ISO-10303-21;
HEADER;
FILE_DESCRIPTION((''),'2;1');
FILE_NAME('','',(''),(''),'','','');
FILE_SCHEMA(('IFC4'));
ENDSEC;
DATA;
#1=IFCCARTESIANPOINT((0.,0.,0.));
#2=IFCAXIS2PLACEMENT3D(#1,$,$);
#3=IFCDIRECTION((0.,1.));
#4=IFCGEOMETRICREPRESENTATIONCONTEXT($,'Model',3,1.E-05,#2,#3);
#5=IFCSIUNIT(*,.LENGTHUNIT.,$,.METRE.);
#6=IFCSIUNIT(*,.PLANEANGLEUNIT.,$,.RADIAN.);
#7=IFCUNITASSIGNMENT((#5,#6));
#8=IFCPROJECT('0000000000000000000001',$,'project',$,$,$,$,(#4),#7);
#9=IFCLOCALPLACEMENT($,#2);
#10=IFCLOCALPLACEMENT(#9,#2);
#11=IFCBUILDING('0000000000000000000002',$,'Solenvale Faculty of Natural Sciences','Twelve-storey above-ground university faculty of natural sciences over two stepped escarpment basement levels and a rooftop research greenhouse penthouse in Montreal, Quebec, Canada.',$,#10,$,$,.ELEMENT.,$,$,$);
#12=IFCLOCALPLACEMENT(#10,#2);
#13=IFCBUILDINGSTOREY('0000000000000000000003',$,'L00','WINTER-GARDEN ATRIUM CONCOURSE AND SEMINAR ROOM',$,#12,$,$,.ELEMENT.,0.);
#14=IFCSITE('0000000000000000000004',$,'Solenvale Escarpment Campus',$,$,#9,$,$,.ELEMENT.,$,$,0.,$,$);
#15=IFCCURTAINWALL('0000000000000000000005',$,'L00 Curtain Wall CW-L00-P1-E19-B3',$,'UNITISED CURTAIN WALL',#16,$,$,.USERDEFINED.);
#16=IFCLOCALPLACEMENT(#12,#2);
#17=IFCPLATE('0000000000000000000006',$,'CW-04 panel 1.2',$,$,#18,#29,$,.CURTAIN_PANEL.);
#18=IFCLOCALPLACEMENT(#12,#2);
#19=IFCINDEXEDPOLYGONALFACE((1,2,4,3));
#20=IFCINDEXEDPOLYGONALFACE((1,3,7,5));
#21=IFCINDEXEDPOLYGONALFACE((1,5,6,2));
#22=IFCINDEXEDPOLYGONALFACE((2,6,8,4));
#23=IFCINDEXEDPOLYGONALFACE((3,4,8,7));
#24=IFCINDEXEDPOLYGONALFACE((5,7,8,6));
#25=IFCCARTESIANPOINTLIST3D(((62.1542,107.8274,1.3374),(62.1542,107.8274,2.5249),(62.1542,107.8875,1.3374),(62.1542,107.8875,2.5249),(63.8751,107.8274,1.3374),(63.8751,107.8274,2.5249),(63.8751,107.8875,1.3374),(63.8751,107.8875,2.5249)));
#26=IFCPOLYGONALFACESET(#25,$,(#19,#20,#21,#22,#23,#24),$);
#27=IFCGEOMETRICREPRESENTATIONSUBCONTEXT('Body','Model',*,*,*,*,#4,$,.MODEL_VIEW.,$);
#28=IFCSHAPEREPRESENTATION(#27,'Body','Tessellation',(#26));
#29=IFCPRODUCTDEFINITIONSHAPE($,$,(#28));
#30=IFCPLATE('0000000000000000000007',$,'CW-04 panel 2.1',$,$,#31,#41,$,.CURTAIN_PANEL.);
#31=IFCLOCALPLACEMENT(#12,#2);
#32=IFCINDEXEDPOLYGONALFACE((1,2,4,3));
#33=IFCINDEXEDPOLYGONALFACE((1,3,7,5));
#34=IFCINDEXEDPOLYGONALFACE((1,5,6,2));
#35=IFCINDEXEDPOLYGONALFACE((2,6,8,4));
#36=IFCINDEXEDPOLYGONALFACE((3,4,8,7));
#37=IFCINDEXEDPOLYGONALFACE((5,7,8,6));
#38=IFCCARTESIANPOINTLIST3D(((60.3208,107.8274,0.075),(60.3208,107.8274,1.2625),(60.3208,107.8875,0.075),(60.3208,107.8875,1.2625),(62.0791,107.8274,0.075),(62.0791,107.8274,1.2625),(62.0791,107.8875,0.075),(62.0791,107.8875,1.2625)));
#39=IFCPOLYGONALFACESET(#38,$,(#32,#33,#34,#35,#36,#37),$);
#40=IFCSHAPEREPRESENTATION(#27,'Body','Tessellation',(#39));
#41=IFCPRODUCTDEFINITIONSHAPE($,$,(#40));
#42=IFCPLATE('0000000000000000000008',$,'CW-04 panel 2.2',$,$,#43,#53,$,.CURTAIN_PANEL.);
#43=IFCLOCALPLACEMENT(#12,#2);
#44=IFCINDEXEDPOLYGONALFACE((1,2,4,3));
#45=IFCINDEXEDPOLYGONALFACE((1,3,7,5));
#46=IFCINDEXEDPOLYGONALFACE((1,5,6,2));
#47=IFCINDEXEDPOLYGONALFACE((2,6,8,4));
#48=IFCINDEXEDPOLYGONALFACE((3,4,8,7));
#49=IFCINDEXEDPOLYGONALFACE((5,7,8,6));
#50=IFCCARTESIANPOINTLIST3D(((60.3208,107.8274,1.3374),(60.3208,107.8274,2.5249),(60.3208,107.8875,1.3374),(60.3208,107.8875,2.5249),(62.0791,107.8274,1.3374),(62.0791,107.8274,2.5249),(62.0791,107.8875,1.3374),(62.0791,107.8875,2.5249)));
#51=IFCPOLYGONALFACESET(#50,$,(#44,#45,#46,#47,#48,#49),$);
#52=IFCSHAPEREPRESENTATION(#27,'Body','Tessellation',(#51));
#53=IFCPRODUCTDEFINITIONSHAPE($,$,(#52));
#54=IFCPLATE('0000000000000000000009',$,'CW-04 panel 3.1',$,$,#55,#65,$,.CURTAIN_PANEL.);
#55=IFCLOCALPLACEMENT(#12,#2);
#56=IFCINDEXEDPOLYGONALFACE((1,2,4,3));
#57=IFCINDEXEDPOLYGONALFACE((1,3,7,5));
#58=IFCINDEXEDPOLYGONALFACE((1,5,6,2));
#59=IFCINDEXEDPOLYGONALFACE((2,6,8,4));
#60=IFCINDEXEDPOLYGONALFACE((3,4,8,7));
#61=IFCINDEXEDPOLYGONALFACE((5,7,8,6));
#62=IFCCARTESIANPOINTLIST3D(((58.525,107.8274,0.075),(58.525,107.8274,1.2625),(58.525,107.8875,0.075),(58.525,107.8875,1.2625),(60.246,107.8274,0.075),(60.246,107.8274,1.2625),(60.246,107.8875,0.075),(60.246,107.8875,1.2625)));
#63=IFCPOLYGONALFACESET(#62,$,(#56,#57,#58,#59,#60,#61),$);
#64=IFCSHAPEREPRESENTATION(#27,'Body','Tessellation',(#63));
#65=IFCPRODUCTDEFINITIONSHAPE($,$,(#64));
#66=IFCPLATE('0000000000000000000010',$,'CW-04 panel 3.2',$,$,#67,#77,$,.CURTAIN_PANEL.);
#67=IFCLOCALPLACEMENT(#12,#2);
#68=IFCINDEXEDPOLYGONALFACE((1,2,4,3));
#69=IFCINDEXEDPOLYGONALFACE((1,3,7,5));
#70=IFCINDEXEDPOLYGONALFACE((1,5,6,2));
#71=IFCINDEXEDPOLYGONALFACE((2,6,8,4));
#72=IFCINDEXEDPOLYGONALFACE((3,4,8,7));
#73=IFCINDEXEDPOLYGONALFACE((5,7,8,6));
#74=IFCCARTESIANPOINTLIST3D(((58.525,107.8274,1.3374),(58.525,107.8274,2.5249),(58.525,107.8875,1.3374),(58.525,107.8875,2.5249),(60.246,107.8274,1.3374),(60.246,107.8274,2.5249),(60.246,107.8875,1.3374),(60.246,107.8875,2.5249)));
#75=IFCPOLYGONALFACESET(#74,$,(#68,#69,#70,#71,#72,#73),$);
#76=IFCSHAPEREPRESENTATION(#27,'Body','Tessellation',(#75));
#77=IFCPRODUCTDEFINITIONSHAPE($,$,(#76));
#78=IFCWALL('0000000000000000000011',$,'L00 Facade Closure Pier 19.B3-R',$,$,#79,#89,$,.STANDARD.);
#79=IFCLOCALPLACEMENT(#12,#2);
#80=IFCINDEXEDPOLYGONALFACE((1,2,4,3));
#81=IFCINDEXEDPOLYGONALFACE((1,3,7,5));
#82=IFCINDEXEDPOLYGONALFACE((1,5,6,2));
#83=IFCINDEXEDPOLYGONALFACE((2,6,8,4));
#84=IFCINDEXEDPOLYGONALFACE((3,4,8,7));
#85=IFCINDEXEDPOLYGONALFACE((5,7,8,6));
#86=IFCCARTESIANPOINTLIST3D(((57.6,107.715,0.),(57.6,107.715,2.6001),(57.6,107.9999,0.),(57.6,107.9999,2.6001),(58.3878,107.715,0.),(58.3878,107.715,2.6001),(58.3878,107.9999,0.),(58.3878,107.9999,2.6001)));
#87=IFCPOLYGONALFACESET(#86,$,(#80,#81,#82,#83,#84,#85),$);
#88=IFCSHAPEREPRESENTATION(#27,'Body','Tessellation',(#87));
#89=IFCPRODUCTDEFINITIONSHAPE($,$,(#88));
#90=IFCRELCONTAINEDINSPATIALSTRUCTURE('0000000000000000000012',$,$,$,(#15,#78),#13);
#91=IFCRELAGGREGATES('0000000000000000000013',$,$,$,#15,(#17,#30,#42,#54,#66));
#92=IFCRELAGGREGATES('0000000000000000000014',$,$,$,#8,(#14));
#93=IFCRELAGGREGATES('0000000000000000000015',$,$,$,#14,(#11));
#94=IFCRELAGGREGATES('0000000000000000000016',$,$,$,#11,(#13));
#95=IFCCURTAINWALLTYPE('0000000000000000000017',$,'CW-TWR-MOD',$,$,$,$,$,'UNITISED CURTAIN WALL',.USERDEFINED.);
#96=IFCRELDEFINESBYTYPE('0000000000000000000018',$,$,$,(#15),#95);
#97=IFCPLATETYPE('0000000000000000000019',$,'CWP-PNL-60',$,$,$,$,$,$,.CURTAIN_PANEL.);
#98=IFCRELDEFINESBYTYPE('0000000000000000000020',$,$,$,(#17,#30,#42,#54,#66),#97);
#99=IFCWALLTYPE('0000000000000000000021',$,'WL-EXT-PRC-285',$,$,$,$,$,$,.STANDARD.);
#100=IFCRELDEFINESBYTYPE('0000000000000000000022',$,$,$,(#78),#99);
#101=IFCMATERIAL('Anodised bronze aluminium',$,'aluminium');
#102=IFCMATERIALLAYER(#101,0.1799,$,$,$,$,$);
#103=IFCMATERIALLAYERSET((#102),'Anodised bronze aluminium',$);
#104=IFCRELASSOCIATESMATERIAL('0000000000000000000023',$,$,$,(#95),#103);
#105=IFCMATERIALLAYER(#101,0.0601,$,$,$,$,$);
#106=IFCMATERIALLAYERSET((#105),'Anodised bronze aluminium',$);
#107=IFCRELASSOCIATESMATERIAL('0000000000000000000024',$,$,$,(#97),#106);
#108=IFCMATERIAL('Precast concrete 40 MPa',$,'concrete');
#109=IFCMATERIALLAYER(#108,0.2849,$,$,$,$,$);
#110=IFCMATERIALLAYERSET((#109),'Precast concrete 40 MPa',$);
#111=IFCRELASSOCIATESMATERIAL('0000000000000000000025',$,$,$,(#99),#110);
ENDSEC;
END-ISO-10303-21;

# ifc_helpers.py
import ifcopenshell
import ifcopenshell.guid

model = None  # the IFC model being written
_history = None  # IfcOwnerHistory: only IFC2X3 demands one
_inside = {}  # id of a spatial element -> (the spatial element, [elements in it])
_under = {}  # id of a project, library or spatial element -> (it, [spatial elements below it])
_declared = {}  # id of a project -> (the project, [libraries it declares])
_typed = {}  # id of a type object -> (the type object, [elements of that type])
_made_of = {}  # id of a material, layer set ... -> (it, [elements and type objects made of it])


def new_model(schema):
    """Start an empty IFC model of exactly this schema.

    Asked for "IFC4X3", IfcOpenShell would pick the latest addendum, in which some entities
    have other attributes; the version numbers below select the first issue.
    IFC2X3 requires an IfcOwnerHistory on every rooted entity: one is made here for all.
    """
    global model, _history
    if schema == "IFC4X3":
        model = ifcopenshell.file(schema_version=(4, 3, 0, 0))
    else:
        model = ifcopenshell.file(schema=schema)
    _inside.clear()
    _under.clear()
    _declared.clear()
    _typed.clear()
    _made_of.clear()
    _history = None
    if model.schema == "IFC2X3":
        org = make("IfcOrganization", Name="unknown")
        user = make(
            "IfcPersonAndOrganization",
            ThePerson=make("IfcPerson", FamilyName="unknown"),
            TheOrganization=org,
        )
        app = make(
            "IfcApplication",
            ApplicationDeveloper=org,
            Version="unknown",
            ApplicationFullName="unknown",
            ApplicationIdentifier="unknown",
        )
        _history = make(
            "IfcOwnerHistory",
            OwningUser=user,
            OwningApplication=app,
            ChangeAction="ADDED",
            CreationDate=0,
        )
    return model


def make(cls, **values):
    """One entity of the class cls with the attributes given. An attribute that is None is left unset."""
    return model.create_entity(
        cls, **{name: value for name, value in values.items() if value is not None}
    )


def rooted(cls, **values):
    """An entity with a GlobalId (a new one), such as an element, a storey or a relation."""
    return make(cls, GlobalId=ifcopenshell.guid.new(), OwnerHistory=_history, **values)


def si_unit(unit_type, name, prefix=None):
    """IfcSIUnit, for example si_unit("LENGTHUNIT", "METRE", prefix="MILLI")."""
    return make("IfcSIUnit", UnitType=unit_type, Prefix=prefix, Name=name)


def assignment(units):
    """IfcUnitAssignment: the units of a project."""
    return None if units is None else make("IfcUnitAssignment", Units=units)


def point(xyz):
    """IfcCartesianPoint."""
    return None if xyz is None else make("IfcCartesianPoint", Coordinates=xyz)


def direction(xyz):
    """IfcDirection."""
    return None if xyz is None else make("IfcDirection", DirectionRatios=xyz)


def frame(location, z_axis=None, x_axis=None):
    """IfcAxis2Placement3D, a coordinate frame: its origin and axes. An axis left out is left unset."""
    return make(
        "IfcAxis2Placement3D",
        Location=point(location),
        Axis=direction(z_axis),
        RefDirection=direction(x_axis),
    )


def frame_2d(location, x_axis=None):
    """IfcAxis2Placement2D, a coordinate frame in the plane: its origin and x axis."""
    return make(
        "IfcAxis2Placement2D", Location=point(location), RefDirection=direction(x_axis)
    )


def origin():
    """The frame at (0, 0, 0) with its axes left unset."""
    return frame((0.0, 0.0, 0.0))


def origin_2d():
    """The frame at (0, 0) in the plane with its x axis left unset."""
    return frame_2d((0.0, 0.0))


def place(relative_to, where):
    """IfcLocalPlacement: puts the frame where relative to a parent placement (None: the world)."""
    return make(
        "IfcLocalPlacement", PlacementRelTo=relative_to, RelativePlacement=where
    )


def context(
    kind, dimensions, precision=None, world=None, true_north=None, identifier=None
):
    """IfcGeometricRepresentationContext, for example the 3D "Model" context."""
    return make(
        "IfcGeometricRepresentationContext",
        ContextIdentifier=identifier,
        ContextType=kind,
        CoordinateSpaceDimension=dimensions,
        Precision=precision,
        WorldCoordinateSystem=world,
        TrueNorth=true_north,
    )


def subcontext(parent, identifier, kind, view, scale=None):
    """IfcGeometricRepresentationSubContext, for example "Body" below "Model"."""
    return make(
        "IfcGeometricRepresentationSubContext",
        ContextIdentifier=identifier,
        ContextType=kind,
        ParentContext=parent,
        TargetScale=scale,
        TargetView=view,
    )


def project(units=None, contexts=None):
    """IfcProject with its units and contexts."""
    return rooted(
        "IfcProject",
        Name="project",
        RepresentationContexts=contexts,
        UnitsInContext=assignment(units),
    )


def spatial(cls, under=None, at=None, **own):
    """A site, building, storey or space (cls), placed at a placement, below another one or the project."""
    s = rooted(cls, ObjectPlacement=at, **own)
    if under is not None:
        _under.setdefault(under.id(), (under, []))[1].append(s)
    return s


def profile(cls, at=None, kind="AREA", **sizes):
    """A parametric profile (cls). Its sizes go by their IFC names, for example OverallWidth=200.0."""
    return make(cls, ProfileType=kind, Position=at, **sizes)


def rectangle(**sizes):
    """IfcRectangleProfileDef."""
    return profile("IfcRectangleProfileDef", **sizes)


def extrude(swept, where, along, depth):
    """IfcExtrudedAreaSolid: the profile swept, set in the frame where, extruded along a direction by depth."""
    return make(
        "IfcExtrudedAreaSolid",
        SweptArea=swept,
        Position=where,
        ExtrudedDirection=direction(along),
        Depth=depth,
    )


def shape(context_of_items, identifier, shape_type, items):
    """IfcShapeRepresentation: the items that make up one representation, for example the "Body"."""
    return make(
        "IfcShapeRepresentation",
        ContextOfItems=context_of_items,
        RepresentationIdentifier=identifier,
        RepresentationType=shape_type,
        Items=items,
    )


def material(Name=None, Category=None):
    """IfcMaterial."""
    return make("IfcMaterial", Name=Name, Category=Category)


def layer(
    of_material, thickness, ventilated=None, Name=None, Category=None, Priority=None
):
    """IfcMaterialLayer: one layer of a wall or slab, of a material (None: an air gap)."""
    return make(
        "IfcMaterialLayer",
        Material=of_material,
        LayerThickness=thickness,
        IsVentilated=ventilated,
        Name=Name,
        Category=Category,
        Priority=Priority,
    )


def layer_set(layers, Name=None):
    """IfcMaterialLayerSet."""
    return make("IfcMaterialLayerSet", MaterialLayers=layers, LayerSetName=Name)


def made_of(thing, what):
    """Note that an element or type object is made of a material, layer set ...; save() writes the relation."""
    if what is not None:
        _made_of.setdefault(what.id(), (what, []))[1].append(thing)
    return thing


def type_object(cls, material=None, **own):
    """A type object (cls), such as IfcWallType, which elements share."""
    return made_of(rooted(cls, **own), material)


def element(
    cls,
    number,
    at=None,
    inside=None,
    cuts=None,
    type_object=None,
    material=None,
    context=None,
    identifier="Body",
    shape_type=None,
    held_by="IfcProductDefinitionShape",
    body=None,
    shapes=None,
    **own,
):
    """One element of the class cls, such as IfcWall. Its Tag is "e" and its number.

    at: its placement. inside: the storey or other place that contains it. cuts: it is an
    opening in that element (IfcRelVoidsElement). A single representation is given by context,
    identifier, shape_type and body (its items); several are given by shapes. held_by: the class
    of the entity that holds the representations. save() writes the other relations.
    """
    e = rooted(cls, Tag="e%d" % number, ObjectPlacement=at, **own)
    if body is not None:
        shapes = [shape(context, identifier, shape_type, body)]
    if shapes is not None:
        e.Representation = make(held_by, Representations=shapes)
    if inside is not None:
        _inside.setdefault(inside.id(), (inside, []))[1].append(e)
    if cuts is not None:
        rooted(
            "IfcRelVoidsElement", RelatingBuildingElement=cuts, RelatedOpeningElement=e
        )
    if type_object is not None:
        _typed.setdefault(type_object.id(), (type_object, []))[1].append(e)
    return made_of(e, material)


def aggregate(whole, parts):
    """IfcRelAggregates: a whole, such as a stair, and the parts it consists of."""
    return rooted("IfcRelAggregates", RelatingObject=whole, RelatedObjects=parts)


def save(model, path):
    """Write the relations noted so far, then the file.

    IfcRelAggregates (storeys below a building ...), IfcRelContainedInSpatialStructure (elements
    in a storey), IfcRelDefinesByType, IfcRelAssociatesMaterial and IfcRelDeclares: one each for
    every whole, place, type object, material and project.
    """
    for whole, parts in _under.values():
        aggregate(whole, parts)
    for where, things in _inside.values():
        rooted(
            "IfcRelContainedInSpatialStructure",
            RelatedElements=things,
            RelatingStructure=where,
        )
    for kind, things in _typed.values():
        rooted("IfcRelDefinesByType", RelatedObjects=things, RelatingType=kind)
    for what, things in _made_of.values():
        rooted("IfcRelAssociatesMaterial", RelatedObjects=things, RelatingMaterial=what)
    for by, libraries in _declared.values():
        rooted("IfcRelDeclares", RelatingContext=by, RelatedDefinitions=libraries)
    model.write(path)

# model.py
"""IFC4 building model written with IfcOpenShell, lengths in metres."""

from ifc_helpers import new_model, si_unit, direction, frame, frame_2d, origin, origin_2d, place, context, subcontext, project, spatial, rectangle, extrude, material, layer, layer_set, type_object, element, aggregate, save


model = new_model("IFC4")

# Units and contexts
model_context = context("Model", 3, precision=1e-05, world=origin(), true_north=direction((0.0, 1.0)))
body_context = subcontext(model_context, "Body", "Model", "MODEL_VIEW")
ifc_project = project(units=[si_unit("LENGTHUNIT", "METRE"), si_unit("PLANEANGLEUNIT", "RADIAN")], contexts=[model_context])

# Site, building, storey
site_placement = place(None, origin())
site = spatial("IfcSite", under=ifc_project, at=site_placement, Name="Solenvale Escarpment Campus", CompositionType="ELEMENT", RefElevation=0.0)
building_placement = place(site_placement, origin())
building = spatial("IfcBuilding", under=site, at=building_placement, Name="Solenvale Faculty of Natural Sciences", Description="Twelve-storey above-ground university faculty of natural sciences over two stepped escarpment basement levels and a rooftop research greenhouse penthouse in Montreal, Quebec, Canada.", CompositionType="ELEMENT")
storey_placement = place(building_placement, origin())
storey = spatial("IfcBuildingStorey", under=building, at=storey_placement, Name="L00", Description="WINTER-GARDEN ATRIUM CONCOURSE AND SEMINAR ROOM", CompositionType="ELEMENT", Elevation=0.0)

# Curtain wall, plates
ifc_material_1 = material(Name="Anodised bronze aluminium", Category="aluminium")
ifc_layer_1 = layer(ifc_material_1, 0.1799)
ifc_layer_set_1 = layer_set([ifc_layer_1], Name="Anodised bronze aluminium")
curtain_wall_type = type_object("IfcCurtainWallType", Name="CW-TWR-MOD", ElementType="UNITISED CURTAIN WALL", PredefinedType="USERDEFINED", material=ifc_layer_set_1)
curtain_wall_placement = place(storey_placement, origin())
curtain_wall = element("IfcCurtainWall", 1, at=curtain_wall_placement, inside=storey, type_object=curtain_wall_type, Name="L00 Curtain Wall CW-L00-P1-E19-B3", ObjectType="UNITISED CURTAIN WALL", PredefinedType="USERDEFINED")
ifc_layer_2 = layer(ifc_material_1, 0.0601)
ifc_layer_set_2 = layer_set([ifc_layer_2], Name="Anodised bronze aluminium")
plate_type = type_object("IfcPlateType", Name="CWP-PNL-60", PredefinedType="CURTAIN_PANEL", material=ifc_layer_set_2)
plate_1_placement = place(storey_placement, frame((63.0146, 107.8574, 1.3374), z_axis=(0.0, 0.0, 1.0), x_axis=(-1.0, 0.0, 0.0)))
plate_1 = element("IfcPlate", 2, at=plate_1_placement, type_object=plate_type, Name="CW-04 panel 1.2", PredefinedType="CURTAIN_PANEL", context=body_context, shape_type="SweptSolid", body=[
    extrude(rectangle(XDim=1.7209, YDim=0.0601, at=origin_2d()), origin(), (0.0, 0.0, 1.0), 1.1875),
])
plate_2_placement = place(storey_placement, frame((61.2, 107.8574, 0.075), z_axis=(0.0, 0.0, 1.0), x_axis=(-1.0, 0.0, 0.0)))
plate_2 = element("IfcPlate", 3, at=plate_2_placement, type_object=plate_type, Name="CW-04 panel 2.1", PredefinedType="CURTAIN_PANEL", context=body_context, shape_type="SweptSolid", body=[
    extrude(rectangle(XDim=1.7583, YDim=0.0601, at=origin_2d()), origin(), (0.0, 0.0, 1.0), 1.1875),
])
plate_3_placement = place(storey_placement, frame((61.2, 107.8574, 1.3374), z_axis=(0.0, 0.0, 1.0), x_axis=(-1.0, 0.0, 0.0)))
plate_3 = element("IfcPlate", 4, at=plate_3_placement, type_object=plate_type, Name="CW-04 panel 2.2", PredefinedType="CURTAIN_PANEL", context=body_context, shape_type="SweptSolid", body=[
    extrude(rectangle(XDim=1.7583, YDim=0.0601, at=origin_2d()), origin(), (0.0, 0.0, 1.0), 1.1875),
])
plate_4_placement = place(storey_placement, frame((59.3855, 107.8574, 0.075), z_axis=(0.0, 0.0, 1.0), x_axis=(-1.0, 0.0, 0.0)))
plate_4 = element("IfcPlate", 5, at=plate_4_placement, type_object=plate_type, Name="CW-04 panel 3.1", PredefinedType="CURTAIN_PANEL", context=body_context, shape_type="SweptSolid", body=[
    extrude(rectangle(XDim=1.7209, YDim=0.0601, at=origin_2d()), origin(), (0.0, 0.0, 1.0), 1.1875),
])
plate_5_placement = place(storey_placement, frame((59.3855, 107.8574, 1.3374), z_axis=(0.0, 0.0, 1.0), x_axis=(-1.0, 0.0, 0.0)))
plate_5 = element("IfcPlate", 6, at=plate_5_placement, type_object=plate_type, Name="CW-04 panel 3.2", PredefinedType="CURTAIN_PANEL", context=body_context, shape_type="SweptSolid", body=[
    extrude(rectangle(XDim=1.7209, YDim=0.0601, at=origin_2d()), origin(), (0.0, 0.0, 1.0), 1.1875),
])
aggregate(curtain_wall, [plate_1, plate_2, plate_3, plate_4, plate_5])

# Wall
ifc_material_2 = material(Name="Precast concrete 40 MPa", Category="concrete")
ifc_layer_3 = layer(ifc_material_2, 0.2849)
ifc_layer_set_3 = layer_set([ifc_layer_3], Name="Precast concrete 40 MPa")
wall_type = type_object("IfcWallType", Name="WL-EXT-PRC-285", PredefinedType="STANDARD", material=ifc_layer_set_3)
wall_placement = place(storey_placement, frame((58.3879, 107.8574, 0.0), z_axis=(0.0, 0.0, 1.0), x_axis=(-1.0, 0.0, 0.0)))
element("IfcWall", 7, at=wall_placement, inside=storey, type_object=wall_type, Name="L00 Facade Closure Pier 19.B3-R", PredefinedType="STANDARD", context=body_context, shape_type="SweptSolid", body=[
    extrude(rectangle(XDim=0.7878, YDim=0.2849, at=frame_2d((0.394, 0.0))), origin(), (0.0, 0.0, 1.0), 2.6001),
])

save(model, "model.ifc")
